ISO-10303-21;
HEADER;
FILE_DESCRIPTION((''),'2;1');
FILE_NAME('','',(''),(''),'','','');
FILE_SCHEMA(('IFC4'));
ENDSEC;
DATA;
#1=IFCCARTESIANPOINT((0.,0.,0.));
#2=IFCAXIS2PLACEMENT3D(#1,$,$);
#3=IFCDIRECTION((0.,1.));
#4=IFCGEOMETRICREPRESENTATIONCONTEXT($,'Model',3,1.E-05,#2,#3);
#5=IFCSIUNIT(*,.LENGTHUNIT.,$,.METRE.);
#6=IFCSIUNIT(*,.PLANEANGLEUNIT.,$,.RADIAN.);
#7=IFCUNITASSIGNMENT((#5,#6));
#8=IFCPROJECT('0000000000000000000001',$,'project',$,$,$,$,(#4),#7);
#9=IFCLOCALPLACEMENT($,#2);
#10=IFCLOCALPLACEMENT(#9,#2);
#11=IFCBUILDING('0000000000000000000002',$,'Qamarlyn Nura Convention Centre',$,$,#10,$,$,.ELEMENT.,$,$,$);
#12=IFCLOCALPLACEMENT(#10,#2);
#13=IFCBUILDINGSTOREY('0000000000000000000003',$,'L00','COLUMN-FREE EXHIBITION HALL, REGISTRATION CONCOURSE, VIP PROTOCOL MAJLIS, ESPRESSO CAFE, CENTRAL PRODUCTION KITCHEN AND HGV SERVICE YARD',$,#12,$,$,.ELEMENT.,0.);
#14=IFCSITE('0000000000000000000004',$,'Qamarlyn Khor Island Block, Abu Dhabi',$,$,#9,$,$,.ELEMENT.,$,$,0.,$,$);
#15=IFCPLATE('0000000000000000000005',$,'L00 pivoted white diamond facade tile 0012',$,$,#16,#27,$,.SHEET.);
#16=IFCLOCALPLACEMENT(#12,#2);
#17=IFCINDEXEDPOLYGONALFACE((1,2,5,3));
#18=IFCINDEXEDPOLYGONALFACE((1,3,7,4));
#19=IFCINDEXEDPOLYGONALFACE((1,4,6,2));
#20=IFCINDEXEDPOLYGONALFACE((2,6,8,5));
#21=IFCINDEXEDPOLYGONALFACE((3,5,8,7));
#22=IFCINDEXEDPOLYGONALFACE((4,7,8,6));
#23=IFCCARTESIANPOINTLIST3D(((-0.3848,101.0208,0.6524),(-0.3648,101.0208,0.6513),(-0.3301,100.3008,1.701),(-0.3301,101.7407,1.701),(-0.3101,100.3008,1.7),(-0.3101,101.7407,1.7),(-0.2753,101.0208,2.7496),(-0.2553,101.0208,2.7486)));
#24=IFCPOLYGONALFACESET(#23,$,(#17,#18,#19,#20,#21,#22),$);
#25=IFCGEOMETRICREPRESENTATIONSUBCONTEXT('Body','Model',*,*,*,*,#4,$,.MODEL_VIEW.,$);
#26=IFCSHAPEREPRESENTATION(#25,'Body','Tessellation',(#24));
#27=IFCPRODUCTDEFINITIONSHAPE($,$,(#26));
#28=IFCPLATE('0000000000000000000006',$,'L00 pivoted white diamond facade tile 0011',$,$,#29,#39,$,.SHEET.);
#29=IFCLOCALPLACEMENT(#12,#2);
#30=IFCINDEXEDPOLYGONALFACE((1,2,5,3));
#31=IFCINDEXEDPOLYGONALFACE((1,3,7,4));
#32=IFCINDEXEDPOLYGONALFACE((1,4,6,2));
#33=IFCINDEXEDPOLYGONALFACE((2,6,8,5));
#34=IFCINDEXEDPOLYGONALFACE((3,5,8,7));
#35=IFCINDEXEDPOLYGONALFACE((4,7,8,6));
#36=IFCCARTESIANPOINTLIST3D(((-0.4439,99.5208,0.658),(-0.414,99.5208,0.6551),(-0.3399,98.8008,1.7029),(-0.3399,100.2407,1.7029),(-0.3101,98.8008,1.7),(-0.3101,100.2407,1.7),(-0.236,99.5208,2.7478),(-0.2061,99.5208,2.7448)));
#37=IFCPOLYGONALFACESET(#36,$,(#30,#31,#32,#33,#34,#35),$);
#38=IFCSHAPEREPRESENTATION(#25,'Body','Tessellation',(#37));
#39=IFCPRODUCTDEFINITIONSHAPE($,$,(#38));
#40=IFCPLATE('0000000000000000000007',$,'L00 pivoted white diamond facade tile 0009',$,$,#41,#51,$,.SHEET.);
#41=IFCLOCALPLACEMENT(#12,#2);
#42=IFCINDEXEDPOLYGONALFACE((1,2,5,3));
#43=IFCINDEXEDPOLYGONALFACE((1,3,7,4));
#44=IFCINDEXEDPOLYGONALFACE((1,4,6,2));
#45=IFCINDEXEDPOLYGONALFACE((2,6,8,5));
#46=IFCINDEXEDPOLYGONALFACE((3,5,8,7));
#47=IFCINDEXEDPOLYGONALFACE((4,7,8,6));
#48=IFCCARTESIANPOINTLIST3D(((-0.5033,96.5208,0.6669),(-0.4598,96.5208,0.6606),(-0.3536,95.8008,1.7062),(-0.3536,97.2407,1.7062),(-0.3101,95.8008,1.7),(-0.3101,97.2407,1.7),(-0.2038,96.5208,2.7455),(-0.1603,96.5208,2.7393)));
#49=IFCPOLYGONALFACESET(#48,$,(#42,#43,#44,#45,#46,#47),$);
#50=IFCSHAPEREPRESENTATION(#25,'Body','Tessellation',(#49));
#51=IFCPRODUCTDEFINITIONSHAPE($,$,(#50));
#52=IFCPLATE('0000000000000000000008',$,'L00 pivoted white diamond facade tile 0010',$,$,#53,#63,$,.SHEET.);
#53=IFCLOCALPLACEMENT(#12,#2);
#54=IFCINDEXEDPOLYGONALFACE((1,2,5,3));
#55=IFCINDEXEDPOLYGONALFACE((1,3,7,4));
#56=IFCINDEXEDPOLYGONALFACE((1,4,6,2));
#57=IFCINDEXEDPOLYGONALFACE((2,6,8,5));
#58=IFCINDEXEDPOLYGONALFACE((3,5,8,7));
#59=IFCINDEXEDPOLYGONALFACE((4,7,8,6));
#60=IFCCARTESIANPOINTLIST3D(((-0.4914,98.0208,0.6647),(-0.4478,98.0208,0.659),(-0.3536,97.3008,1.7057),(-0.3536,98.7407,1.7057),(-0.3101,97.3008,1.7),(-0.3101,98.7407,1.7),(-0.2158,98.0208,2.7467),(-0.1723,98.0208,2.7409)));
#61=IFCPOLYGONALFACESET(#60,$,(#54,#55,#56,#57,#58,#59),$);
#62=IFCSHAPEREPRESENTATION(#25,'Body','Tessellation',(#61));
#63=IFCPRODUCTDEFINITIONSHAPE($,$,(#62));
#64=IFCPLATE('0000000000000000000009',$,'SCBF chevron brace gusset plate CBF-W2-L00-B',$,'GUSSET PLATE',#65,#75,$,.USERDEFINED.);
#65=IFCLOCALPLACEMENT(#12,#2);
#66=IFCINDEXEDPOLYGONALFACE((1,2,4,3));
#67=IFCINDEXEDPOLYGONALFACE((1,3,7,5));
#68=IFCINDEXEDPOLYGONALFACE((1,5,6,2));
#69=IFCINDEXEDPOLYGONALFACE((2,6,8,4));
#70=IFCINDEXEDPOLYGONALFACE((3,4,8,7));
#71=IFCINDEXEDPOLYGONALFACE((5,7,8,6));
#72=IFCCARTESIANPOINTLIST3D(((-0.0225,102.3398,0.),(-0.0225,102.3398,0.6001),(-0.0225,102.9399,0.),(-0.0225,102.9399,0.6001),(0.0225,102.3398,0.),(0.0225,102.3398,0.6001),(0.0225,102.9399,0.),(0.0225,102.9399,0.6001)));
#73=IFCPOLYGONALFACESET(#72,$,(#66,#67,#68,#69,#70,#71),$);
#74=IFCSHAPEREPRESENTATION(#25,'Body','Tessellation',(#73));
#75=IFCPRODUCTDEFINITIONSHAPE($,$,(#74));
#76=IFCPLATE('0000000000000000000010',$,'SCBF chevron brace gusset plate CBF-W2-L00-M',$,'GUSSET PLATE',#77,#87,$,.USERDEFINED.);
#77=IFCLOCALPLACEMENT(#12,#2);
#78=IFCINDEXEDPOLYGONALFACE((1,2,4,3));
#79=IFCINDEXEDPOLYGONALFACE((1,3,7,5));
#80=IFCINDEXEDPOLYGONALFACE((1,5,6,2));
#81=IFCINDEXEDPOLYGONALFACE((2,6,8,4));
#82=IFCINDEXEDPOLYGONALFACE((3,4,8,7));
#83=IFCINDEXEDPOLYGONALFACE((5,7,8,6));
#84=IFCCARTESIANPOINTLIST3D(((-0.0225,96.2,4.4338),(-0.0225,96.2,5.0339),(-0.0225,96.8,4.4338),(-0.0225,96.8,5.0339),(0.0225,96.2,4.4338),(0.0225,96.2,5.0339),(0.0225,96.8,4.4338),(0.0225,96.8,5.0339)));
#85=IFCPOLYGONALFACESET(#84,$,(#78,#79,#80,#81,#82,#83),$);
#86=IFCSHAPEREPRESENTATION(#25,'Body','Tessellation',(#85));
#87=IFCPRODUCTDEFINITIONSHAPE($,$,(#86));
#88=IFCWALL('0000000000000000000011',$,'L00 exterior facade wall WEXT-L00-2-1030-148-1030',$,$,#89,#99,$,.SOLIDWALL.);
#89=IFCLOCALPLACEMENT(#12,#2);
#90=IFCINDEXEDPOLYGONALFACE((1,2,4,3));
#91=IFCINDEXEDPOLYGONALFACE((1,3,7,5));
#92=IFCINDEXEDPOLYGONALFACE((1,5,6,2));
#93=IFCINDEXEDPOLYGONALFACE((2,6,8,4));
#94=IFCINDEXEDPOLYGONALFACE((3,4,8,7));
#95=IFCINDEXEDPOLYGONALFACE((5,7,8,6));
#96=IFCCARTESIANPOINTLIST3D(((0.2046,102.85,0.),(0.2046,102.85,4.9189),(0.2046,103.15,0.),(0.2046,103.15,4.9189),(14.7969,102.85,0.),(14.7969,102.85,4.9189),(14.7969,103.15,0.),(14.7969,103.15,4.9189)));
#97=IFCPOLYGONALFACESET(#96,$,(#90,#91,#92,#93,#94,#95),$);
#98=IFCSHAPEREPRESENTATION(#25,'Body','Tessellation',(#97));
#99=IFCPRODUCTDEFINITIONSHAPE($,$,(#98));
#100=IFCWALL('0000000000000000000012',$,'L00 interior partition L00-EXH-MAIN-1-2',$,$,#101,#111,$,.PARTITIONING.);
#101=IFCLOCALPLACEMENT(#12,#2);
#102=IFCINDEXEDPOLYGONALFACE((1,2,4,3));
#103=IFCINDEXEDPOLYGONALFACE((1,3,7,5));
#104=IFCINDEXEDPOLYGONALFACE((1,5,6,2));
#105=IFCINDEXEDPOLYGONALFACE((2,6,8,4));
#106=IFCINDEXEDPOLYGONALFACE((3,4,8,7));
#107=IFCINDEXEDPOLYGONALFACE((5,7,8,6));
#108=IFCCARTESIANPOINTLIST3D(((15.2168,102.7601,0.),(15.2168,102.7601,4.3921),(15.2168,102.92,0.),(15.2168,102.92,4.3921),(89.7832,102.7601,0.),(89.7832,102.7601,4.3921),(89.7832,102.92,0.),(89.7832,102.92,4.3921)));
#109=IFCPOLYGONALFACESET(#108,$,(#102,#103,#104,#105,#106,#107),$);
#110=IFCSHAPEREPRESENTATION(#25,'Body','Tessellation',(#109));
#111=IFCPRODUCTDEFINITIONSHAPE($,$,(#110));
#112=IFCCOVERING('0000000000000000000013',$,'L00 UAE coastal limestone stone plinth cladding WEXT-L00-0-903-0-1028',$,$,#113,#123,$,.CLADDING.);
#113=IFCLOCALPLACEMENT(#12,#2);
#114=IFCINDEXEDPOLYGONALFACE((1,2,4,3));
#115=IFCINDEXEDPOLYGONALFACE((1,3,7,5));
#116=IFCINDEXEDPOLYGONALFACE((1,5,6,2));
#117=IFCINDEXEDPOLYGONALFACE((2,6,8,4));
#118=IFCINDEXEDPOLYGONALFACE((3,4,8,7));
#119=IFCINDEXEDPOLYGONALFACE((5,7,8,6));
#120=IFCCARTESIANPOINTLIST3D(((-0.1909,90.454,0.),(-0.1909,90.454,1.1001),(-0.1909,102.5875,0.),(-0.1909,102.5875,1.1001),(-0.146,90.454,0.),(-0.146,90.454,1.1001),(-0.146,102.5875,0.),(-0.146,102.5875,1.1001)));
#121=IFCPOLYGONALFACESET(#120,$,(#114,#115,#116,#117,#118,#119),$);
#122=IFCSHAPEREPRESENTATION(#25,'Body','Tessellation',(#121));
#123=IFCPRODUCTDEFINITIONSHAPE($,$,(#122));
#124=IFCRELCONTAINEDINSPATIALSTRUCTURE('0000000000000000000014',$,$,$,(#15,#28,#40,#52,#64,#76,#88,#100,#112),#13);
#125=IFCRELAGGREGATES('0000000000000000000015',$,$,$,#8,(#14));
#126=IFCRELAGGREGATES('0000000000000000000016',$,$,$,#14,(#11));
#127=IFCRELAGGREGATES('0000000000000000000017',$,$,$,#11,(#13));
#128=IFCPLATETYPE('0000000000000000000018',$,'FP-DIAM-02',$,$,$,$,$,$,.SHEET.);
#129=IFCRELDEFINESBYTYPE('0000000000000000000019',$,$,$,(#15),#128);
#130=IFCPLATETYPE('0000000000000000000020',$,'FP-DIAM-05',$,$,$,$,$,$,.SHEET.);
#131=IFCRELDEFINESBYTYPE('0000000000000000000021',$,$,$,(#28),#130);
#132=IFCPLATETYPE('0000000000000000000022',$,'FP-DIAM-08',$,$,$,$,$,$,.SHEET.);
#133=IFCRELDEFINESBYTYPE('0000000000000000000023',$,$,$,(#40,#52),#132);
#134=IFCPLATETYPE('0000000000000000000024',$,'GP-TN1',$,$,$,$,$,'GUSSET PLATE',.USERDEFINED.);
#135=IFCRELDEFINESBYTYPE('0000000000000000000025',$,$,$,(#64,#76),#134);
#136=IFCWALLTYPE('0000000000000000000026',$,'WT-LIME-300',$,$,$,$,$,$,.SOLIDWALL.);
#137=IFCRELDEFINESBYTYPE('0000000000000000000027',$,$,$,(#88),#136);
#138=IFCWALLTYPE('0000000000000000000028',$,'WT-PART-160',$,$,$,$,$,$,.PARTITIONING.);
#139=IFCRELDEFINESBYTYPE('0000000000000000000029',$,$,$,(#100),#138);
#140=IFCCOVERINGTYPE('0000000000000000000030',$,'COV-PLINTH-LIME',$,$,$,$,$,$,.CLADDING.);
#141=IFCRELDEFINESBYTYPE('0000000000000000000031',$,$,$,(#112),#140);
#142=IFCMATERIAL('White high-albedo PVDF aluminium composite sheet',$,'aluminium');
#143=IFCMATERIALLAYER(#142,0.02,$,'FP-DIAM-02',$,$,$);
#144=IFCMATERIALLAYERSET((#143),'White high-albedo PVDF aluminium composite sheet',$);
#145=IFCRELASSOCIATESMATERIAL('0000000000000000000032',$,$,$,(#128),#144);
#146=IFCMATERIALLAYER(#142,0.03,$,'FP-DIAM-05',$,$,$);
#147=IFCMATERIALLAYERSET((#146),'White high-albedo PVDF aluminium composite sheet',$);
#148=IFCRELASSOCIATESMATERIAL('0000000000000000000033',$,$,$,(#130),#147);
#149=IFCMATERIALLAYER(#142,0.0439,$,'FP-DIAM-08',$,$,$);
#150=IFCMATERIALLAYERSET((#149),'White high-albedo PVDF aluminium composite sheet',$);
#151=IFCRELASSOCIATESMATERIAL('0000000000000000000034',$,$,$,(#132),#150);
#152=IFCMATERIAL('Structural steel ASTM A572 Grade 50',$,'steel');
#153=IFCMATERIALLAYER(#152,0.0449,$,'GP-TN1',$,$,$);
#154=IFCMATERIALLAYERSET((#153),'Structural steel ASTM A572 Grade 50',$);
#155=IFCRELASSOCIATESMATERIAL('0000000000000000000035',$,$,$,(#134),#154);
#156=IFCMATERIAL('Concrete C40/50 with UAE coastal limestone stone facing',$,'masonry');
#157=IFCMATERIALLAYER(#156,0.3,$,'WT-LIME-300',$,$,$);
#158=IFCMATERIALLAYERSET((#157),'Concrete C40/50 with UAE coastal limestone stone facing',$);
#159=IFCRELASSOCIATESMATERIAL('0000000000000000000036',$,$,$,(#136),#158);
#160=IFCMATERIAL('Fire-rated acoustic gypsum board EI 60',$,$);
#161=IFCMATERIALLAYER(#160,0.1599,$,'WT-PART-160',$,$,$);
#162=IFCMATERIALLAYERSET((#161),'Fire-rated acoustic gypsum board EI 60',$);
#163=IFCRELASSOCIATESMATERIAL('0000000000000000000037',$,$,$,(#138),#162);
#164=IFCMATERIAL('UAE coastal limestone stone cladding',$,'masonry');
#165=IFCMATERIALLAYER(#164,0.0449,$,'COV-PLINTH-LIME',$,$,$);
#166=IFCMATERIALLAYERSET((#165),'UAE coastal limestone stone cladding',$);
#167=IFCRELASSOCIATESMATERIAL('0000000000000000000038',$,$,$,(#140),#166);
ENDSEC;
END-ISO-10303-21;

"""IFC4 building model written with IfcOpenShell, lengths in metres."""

from ifc_helpers import new_model, si_unit, direction, frame, frame_2d, origin, origin_2d, place, context, subcontext, project, spatial, polyline, rectangle, outline, extrude, material, layer, layer_set, type_object, element, save


model = new_model("IFC4")

# Units and contexts
model_context = context("Model", 3, precision=1e-05, world=origin(), true_north=direction((0.0, 1.0)))
body_context = subcontext(model_context, "Body", "Model", "MODEL_VIEW")
ifc_project = project(units=[si_unit("LENGTHUNIT", "METRE"), si_unit("PLANEANGLEUNIT", "RADIAN")], contexts=[model_context])

# Site, building, storey
site_placement = place(None, origin())
site = spatial("IfcSite", under=ifc_project, at=site_placement, Name="Qamarlyn Khor Island Block, Abu Dhabi", CompositionType="ELEMENT", RefElevation=0.0)
building_placement = place(site_placement, origin())
building = spatial("IfcBuilding", under=site, at=building_placement, Name="Qamarlyn Nura Convention Centre", CompositionType="ELEMENT")
storey_placement = place(building_placement, origin())
storey = spatial("IfcBuildingStorey", under=building, at=storey_placement, Name="L00", Description="COLUMN-FREE EXHIBITION HALL, REGISTRATION CONCOURSE, VIP PROTOCOL MAJLIS, ESPRESSO CAFE, CENTRAL PRODUCTION KITCHEN AND HGV SERVICE YARD", CompositionType="ELEMENT", Elevation=0.0)

# Plates
ifc_material_1 = material(Name="White high-albedo PVDF aluminium composite sheet", Category="aluminium")
ifc_layer_1 = layer(ifc_material_1, 0.02, Name="FP-DIAM-02")
ifc_layer_set_1 = layer_set([ifc_layer_1], Name="White high-albedo PVDF aluminium composite sheet")
plate_type_1 = type_object("IfcPlateType", Name="FP-DIAM-02", PredefinedType="SHEET", material=ifc_layer_set_1)
plate_1_placement = place(storey_placement, frame((-0.3101, 101.0208, 1.7), z_axis=(-0.998639, 0.0, 0.052162), x_axis=(0.0, -1.0, 0.0)))
element("IfcPlate", 1, at=plate_1_placement, inside=storey, type_object=plate_type_1, Name="L00 pivoted white diamond facade tile 0012", PredefinedType="SHEET", context=body_context, shape_type="SweptSolid", body=[
    extrude(outline(polyline([(-0.72, 0.0), (0.0, -1.05), (0.72, 0.0), (0.0, 1.05), (-0.72, 0.0)])), origin(), (0.0, 0.0, 1.0), 0.02),
])
ifc_layer_2 = layer(ifc_material_1, 0.03, Name="FP-DIAM-05")
ifc_layer_set_2 = layer_set([ifc_layer_2], Name="White high-albedo PVDF aluminium composite sheet")
plate_type_2 = type_object("IfcPlateType", Name="FP-DIAM-05", PredefinedType="SHEET", material=ifc_layer_set_2)
plate_2_placement = place(storey_placement, frame((-0.3101, 99.5208, 1.7), z_axis=(-0.99509, 0.0, 0.098972), x_axis=(0.0, -1.0, 0.0)))
element("IfcPlate", 2, at=plate_2_placement, inside=storey, type_object=plate_type_2, Name="L00 pivoted white diamond facade tile 0011", PredefinedType="SHEET", context=body_context, shape_type="SweptSolid", body=[
    extrude(outline(polyline([(-0.72, 0.0), (0.0, -1.05), (0.72, 0.0), (0.0, 1.05), (-0.72, 0.0)])), origin(), (0.0, 0.0, 1.0), 0.03),
])
ifc_layer_3 = layer(ifc_material_1, 0.0439, Name="FP-DIAM-08")
ifc_layer_set_3 = layer_set([ifc_layer_3], Name="White high-albedo PVDF aluminium composite sheet")
plate_type_3 = type_object("IfcPlateType", Name="FP-DIAM-08", PredefinedType="SHEET", material=ifc_layer_set_3)
for number, where, z_axis, x_axis, name in (
    (3, (-0.3101, 96.5208, 1.7), (-0.989776, 0.0, 0.142629), (0.0, -1.0, 0.0), "L00 pivoted white diamond facade tile 0009"),
    (4, (-0.3101, 98.0208, 1.7), (-0.991353, 0.0, 0.131218), (0.0, -1.0, 0.0), "L00 pivoted white diamond facade tile 0010"),
):
    element("IfcPlate", number, at=place(storey_placement, frame(where, z_axis=z_axis, x_axis=x_axis)), inside=storey, type_object=plate_type_3, Name=name, PredefinedType="SHEET", context=body_context, shape_type="SweptSolid", body=[
        extrude(outline(polyline([(-0.72, 0.0), (0.0, -1.05), (0.72, 0.0), (0.0, 1.05), (-0.72, 0.0)])), origin(), (0.0, 0.0, 1.0), 0.0439),
    ])
ifc_material_2 = material(Name="Structural steel ASTM A572 Grade 50", Category="steel")
ifc_layer_4 = layer(ifc_material_2, 0.0449, Name="GP-TN1")
ifc_layer_set_4 = layer_set([ifc_layer_4], Name="Structural steel ASTM A572 Grade 50")
plate_type_4 = type_object("IfcPlateType", Name="GP-TN1", ElementType="GUSSET PLATE", PredefinedType="USERDEFINED", material=ifc_layer_set_4)
for number, where, z_axis, x_axis, name in (
    (5, (0.0, 102.6399, 0.0), (0.0, 0.0, 1.0), (0.0, 1.0, 0.0), "SCBF chevron brace gusset plate CBF-W2-L00-B"),
    (6, (0.0, 96.5, 4.4338), (0.0, 0.0, 1.0), (0.0, 1.0, 0.0), "SCBF chevron brace gusset plate CBF-W2-L00-M"),
):
    element("IfcPlate", number, at=place(storey_placement, frame(where, z_axis=z_axis, x_axis=x_axis)), inside=storey, type_object=plate_type_4, Name=name, ObjectType="GUSSET PLATE", PredefinedType="USERDEFINED", context=body_context, shape_type="SweptSolid", body=[
        extrude(rectangle(XDim=0.6001, YDim=0.0449, at=origin_2d()), origin(), (0.0, 0.0, 1.0), 0.6001),
    ])

# Walls
ifc_material_3 = material(Name="Concrete C40/50 with UAE coastal limestone stone facing", Category="masonry")
ifc_layer_5 = layer(ifc_material_3, 0.3, Name="WT-LIME-300")
ifc_layer_set_5 = layer_set([ifc_layer_5], Name="Concrete C40/50 with UAE coastal limestone stone facing")
wall_type_1 = type_object("IfcWallType", Name="WT-LIME-300", PredefinedType="SOLIDWALL", material=ifc_layer_set_5)
wall_1_placement = place(storey_placement, frame((0.2046, 103.0, 0.0), z_axis=(0.0, 0.0, 1.0), x_axis=(1.0, 0.0, 0.0)))
element("IfcWall", 7, at=wall_1_placement, inside=storey, type_object=wall_type_1, Name="L00 exterior facade wall WEXT-L00-2-1030-148-1030", PredefinedType="SOLIDWALL", context=body_context, shape_type="SweptSolid", body=[
    extrude(rectangle(XDim=14.5923, YDim=0.3, at=frame_2d((7.2961, 0.0))), origin(), (0.0, 0.0, 1.0), 4.9189),
])
ifc_material_4 = material(Name="Fire-rated acoustic gypsum board EI 60")
ifc_layer_6 = layer(ifc_material_4, 0.1599, Name="WT-PART-160")
ifc_layer_set_6 = layer_set([ifc_layer_6], Name="Fire-rated acoustic gypsum board EI 60")
wall_type_2 = type_object("IfcWallType", Name="WT-PART-160", PredefinedType="PARTITIONING", material=ifc_layer_set_6)
wall_2_placement = place(storey_placement, frame((15.2168, 102.8401, 0.0), z_axis=(0.0, 0.0, 1.0), x_axis=(1.0, 0.0, 0.0)))
element("IfcWall", 8, at=wall_2_placement, inside=storey, type_object=wall_type_2, Name="L00 interior partition L00-EXH-MAIN-1-2", PredefinedType="PARTITIONING", context=body_context, shape_type="SweptSolid", body=[
    extrude(rectangle(XDim=74.5664, YDim=0.1599, at=frame_2d((37.2832, 0.0))), origin(), (0.0, 0.0, 1.0), 4.3921),
])

# Covering
ifc_material_5 = material(Name="UAE coastal limestone stone cladding", Category="masonry")
ifc_layer_7 = layer(ifc_material_5, 0.0449, Name="COV-PLINTH-LIME")
ifc_layer_set_7 = layer_set([ifc_layer_7], Name="UAE coastal limestone stone cladding")
covering_type = type_object("IfcCoveringType", Name="COV-PLINTH-LIME", PredefinedType="CLADDING", material=ifc_layer_set_7)
covering_placement = place(storey_placement, frame((-0.1685, 96.5208, 0.0), z_axis=(0.0, 0.0, 1.0), x_axis=(0.0, 1.0, 0.0)))
element("IfcCovering", 9, at=covering_placement, inside=storey, type_object=covering_type, Name="L00 UAE coastal limestone stone plinth cladding WEXT-L00-0-903-0-1028", PredefinedType="CLADDING", context=body_context, shape_type="SweptSolid", body=[
    extrude(rectangle(XDim=12.1335, YDim=0.0449, at=origin_2d()), origin(), (0.0, 0.0, 1.0), 1.1001),
])

save(model, "model.ifc")
